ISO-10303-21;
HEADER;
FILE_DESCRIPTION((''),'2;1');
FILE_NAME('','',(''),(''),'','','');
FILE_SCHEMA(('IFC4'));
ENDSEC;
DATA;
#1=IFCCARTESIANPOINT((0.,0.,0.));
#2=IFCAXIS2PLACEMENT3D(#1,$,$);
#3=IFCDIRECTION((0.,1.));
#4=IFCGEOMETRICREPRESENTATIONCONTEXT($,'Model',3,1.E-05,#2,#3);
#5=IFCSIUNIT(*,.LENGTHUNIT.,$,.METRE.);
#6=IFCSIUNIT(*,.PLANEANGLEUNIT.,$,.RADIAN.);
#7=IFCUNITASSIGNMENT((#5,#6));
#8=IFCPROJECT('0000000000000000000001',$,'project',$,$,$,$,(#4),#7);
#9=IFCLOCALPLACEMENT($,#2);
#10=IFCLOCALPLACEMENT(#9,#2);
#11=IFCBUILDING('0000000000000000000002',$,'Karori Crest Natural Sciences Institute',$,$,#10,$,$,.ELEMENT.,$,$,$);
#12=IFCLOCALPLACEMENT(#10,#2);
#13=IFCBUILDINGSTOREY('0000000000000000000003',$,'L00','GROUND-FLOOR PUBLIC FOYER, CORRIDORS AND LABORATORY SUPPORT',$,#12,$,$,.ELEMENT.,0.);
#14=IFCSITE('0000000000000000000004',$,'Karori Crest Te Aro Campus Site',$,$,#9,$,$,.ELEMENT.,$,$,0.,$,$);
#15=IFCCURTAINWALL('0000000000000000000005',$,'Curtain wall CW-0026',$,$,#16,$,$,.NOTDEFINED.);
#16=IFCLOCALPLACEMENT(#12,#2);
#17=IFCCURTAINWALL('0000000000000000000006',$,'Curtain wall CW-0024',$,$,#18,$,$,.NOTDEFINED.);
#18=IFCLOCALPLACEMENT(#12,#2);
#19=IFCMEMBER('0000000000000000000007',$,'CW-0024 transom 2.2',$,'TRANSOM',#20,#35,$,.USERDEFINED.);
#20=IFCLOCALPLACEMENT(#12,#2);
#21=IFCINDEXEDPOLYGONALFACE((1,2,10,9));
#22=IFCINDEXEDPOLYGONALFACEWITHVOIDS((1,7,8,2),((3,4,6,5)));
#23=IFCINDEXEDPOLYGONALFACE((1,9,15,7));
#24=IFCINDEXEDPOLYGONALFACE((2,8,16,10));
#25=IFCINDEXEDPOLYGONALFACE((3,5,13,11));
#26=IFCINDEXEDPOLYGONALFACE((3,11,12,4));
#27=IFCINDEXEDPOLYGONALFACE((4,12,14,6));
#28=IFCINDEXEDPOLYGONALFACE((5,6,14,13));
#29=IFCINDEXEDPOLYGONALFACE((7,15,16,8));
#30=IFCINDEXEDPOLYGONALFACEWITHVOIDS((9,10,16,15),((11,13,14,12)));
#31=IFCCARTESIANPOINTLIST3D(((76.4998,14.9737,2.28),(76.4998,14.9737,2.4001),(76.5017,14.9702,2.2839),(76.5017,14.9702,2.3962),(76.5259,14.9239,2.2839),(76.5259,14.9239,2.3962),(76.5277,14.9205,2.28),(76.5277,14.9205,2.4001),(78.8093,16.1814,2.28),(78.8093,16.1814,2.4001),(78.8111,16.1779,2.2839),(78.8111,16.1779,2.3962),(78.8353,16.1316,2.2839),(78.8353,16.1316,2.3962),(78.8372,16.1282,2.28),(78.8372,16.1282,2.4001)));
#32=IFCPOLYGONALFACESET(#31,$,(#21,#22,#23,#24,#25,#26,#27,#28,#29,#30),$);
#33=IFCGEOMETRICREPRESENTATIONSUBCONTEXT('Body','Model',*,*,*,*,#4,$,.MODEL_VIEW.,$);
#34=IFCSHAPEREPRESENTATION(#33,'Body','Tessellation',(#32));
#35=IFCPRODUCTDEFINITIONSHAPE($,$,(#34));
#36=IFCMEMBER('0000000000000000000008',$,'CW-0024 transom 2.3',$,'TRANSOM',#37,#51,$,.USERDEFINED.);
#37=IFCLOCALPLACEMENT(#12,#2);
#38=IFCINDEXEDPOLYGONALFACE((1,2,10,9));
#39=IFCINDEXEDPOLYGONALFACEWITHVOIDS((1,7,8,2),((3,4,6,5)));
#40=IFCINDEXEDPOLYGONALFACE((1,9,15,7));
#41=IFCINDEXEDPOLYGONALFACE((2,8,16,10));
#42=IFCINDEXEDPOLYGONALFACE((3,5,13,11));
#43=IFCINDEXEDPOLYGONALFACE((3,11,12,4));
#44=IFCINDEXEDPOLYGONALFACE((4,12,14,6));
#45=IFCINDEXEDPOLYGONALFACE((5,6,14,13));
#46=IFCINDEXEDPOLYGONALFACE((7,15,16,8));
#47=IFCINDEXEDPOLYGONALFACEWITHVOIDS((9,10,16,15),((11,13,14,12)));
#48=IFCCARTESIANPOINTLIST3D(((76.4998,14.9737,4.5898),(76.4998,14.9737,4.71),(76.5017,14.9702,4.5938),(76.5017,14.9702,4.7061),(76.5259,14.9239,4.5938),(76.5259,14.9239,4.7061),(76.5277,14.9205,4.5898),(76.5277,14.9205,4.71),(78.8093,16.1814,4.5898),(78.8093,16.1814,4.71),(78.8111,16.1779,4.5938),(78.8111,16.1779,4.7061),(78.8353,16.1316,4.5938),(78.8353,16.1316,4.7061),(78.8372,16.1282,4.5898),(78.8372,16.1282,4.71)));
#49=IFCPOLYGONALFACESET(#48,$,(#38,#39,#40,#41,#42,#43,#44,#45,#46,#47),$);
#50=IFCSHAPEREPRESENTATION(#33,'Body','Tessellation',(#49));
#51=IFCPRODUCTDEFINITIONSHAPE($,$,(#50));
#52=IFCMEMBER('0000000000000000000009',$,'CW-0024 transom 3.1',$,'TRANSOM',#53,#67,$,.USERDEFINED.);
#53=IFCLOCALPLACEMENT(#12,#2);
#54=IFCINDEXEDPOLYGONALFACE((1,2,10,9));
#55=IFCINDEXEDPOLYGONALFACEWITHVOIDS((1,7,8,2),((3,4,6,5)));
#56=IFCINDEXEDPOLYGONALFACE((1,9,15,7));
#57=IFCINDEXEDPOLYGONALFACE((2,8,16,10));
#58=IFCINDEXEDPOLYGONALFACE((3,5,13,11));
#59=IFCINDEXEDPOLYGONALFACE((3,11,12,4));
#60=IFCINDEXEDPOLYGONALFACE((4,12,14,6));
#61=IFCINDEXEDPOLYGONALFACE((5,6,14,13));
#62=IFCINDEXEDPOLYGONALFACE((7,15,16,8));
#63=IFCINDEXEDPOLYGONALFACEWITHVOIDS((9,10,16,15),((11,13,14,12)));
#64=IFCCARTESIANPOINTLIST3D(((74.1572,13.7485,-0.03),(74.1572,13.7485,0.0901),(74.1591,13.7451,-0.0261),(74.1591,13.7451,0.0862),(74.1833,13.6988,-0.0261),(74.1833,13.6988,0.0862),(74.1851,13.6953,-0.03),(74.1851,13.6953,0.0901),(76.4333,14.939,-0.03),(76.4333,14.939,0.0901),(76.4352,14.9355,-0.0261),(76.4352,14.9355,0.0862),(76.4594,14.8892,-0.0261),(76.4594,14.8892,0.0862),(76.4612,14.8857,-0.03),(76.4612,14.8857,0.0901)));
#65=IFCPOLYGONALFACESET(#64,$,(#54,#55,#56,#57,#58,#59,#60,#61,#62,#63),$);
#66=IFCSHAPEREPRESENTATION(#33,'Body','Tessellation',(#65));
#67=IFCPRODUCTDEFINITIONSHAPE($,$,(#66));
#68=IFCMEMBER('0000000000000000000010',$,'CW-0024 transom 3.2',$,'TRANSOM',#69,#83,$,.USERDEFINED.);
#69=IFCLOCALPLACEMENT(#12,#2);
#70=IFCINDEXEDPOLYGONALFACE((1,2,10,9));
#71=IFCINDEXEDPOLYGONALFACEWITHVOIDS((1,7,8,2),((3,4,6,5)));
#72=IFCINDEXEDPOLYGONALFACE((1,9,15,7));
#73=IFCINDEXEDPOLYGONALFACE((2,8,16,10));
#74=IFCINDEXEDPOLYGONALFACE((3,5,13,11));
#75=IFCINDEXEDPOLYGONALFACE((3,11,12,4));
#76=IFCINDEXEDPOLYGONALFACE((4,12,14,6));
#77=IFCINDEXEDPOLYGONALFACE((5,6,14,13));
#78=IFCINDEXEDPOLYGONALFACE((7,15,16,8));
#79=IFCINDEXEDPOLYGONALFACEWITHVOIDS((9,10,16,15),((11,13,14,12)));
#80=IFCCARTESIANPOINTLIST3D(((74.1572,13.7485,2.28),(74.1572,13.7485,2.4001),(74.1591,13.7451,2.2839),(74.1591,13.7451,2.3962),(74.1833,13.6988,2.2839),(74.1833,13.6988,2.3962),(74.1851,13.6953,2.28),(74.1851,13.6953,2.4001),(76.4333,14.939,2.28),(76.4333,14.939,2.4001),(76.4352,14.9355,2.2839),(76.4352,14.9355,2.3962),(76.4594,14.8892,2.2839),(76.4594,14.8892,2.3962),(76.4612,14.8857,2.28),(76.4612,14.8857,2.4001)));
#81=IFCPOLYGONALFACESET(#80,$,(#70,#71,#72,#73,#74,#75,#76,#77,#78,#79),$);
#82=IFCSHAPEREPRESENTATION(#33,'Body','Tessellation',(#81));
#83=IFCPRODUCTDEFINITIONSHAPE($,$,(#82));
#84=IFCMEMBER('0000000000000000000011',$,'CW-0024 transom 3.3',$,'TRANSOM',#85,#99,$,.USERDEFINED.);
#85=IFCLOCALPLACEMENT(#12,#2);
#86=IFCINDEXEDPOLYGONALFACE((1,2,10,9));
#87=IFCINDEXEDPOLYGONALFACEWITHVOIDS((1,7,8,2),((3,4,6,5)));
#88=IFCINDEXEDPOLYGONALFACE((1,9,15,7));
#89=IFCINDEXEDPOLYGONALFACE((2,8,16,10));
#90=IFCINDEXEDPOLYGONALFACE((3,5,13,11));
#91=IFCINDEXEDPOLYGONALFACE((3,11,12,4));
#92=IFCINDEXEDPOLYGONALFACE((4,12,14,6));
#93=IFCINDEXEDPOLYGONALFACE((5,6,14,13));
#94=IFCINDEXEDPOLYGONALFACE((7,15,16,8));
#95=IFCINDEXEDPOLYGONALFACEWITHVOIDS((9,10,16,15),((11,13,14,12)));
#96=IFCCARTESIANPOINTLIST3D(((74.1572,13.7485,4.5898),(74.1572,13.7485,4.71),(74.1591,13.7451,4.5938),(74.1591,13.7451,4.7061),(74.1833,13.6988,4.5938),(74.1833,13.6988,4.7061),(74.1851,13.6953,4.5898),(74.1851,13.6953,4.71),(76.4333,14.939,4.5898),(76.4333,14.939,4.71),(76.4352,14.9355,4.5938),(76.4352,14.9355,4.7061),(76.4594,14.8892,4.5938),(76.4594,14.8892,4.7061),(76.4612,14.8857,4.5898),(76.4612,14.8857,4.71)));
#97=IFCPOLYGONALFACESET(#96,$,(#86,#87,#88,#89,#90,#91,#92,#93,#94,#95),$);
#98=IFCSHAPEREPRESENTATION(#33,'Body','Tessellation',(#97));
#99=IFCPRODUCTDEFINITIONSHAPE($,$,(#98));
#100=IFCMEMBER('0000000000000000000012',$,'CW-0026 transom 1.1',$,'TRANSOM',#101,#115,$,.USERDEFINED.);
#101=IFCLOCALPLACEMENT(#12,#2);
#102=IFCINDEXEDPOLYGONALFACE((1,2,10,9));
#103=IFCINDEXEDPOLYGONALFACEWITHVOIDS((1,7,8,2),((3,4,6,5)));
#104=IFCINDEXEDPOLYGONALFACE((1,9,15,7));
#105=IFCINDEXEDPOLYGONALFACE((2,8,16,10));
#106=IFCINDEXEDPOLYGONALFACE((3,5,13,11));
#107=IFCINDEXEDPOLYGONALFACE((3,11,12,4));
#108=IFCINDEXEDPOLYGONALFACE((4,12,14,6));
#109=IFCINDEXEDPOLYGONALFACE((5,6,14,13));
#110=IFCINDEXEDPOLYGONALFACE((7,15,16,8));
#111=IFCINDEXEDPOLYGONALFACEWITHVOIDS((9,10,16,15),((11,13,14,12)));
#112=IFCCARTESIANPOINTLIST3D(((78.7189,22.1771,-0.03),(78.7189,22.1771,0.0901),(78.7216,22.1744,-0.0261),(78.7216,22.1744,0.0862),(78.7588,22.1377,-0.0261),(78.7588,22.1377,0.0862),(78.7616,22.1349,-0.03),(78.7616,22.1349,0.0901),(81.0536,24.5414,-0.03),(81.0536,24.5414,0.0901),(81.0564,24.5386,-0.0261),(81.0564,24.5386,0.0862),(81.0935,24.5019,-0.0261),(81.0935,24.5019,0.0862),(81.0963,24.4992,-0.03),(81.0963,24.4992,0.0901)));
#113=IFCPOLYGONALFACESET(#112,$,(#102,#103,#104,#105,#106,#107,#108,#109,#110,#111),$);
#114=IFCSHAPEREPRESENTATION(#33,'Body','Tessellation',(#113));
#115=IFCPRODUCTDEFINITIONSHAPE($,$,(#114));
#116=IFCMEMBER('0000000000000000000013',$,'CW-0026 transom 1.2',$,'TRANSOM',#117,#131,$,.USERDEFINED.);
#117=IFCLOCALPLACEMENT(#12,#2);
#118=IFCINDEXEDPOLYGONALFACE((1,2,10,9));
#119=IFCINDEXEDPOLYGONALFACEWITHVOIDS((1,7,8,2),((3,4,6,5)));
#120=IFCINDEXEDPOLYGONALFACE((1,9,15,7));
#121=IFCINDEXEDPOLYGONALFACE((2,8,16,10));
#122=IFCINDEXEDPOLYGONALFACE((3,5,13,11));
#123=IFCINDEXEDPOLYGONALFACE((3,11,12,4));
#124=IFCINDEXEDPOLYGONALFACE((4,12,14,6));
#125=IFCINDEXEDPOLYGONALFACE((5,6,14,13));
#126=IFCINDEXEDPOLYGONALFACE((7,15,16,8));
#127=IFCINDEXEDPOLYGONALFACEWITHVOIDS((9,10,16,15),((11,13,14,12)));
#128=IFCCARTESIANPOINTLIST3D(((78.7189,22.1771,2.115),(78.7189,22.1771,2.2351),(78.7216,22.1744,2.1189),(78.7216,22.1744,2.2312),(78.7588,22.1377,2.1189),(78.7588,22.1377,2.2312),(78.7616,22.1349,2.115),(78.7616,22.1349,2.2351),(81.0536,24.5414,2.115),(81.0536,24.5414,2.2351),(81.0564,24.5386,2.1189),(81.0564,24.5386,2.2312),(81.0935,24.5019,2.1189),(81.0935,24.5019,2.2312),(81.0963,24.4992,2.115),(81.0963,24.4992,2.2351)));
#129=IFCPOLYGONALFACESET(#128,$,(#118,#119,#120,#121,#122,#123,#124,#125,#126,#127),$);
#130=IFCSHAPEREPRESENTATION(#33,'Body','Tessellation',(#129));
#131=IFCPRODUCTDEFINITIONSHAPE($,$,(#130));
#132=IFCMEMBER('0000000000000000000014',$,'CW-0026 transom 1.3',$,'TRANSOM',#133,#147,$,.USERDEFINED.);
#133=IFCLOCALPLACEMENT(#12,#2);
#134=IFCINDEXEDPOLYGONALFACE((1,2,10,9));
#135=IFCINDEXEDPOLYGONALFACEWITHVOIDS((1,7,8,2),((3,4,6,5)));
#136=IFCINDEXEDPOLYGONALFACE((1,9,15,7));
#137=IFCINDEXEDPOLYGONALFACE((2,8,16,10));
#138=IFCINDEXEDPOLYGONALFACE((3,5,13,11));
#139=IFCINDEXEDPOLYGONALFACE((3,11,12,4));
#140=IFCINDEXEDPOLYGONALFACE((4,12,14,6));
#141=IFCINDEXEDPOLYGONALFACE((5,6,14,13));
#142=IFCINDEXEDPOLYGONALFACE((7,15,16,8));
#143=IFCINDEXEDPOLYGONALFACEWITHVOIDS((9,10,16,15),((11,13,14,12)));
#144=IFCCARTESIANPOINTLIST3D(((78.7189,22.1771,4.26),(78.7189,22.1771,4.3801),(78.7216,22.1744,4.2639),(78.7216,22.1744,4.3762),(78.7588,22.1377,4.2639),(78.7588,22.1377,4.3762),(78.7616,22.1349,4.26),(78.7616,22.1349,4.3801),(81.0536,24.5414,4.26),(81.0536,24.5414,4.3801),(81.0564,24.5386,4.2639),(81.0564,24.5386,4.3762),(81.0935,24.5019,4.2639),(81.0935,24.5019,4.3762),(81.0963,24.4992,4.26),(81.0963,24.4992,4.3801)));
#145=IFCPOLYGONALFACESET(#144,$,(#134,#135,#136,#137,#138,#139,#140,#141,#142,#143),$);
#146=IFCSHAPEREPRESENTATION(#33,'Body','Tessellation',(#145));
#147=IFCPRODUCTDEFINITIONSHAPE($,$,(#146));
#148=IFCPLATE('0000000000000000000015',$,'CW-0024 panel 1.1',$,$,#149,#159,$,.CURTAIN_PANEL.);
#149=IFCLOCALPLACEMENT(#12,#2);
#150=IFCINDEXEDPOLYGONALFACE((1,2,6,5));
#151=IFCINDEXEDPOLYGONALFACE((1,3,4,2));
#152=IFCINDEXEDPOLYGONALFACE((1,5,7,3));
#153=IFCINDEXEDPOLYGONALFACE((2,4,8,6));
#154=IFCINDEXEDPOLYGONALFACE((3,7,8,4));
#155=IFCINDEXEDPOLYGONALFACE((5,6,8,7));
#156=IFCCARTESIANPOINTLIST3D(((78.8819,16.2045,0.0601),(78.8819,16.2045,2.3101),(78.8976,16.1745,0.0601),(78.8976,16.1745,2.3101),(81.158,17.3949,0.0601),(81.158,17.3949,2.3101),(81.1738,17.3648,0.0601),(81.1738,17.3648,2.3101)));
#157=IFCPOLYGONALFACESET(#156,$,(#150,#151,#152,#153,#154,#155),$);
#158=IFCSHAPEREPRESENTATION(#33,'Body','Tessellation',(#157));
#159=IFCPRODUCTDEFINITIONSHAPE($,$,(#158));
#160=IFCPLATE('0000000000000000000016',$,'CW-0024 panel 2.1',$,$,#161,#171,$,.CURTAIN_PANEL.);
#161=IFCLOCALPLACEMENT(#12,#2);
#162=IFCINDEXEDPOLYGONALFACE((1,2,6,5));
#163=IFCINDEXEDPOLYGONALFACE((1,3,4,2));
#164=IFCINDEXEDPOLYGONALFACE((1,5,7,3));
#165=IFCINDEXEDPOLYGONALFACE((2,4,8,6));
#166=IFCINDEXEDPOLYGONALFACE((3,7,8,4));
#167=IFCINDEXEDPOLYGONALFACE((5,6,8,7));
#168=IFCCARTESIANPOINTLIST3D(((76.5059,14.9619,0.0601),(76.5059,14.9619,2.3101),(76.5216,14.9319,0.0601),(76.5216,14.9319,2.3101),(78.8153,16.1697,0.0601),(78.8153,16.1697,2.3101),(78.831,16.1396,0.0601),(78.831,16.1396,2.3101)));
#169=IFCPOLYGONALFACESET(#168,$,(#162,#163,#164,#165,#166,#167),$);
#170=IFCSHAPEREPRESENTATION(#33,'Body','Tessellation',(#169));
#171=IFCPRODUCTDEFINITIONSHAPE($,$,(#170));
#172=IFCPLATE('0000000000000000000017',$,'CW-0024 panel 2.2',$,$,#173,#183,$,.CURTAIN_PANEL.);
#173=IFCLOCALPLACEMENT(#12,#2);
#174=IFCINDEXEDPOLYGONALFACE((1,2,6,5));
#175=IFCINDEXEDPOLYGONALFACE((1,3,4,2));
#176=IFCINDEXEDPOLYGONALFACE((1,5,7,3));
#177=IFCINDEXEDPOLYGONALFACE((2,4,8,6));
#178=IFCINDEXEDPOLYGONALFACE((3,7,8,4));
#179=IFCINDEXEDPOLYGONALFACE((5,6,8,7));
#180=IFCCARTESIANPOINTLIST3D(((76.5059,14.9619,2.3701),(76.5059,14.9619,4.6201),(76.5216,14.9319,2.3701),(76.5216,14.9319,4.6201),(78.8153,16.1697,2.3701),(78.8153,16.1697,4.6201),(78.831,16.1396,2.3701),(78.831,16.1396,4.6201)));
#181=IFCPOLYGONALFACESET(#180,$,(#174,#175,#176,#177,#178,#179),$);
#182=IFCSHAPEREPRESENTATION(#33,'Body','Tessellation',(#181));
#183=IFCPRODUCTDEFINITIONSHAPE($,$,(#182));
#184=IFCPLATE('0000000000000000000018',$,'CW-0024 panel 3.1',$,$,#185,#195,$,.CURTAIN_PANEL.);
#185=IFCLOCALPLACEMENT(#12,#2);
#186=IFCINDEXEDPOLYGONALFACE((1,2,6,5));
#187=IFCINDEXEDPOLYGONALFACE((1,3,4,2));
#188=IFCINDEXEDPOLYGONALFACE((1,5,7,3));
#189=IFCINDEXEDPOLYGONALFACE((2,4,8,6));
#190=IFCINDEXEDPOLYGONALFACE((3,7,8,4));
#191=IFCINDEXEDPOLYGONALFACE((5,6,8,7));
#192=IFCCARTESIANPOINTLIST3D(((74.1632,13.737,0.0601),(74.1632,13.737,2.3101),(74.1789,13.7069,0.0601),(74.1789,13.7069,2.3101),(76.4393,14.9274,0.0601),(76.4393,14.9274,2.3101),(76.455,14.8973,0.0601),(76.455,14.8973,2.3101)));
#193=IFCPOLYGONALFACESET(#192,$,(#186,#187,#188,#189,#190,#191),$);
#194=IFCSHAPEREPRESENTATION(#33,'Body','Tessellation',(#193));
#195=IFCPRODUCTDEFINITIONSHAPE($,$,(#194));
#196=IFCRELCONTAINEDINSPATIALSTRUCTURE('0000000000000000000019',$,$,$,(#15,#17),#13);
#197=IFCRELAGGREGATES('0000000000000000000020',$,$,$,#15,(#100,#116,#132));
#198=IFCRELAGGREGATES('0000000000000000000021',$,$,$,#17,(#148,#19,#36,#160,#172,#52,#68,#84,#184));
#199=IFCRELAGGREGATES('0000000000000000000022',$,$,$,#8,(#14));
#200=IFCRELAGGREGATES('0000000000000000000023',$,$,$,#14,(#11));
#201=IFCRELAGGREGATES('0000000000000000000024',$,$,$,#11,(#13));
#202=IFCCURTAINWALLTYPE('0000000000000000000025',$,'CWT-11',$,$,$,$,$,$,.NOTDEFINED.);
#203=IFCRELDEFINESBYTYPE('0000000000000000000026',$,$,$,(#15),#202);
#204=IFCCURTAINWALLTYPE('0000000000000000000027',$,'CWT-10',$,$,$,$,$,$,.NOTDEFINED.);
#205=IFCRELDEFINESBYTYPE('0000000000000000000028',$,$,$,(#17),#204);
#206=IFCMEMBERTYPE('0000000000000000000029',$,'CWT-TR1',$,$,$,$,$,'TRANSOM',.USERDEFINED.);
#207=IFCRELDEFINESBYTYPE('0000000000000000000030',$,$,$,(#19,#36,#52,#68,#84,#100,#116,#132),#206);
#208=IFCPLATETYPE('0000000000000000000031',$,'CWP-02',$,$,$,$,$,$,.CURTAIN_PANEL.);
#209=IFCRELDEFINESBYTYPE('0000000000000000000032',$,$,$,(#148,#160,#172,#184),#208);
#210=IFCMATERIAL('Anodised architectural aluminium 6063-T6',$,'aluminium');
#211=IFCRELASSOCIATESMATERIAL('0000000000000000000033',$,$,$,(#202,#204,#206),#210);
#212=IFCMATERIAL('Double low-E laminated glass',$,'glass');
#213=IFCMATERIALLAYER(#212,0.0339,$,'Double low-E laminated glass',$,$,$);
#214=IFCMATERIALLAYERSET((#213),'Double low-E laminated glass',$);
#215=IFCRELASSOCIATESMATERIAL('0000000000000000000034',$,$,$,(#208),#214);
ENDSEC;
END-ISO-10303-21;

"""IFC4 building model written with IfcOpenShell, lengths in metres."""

from ifc_helpers import new_model, si_unit, direction, frame, origin, origin_2d, place, context, subcontext, project, spatial, rectangle, hollow_rectangle, extrude, material, layer, layer_set, material_profile, profile_set, type_object, element, aggregate, save


model = new_model("IFC4")

# Units and contexts
model_context = context("Model", 3, precision=1e-05, world=origin(), true_north=direction((0.0, 1.0)))
body_context = subcontext(model_context, "Body", "Model", "MODEL_VIEW")
ifc_project = project(units=[si_unit("LENGTHUNIT", "METRE"), si_unit("PLANEANGLEUNIT", "RADIAN")], contexts=[model_context])

# Site, building, storey
site_placement = place(None, origin())
site = spatial("IfcSite", under=ifc_project, at=site_placement, Name="Karori Crest Te Aro Campus Site", CompositionType="ELEMENT", RefElevation=0.0)
building_placement = place(site_placement, origin())
building = spatial("IfcBuilding", under=site, at=building_placement, Name="Karori Crest Natural Sciences Institute", CompositionType="ELEMENT")
storey_placement = place(building_placement, origin())
storey = spatial("IfcBuildingStorey", under=building, at=storey_placement, Name="L00", Description="GROUND-FLOOR PUBLIC FOYER, CORRIDORS AND LABORATORY SUPPORT", CompositionType="ELEMENT", Elevation=0.0)

# Curtain wall
ifc_material_1 = material(Name="Anodised architectural aluminium 6063-T6", Category="aluminium")
curtain_wall_type_1 = type_object("IfcCurtainWallType", Name="CWT-11", PredefinedType="NOTDEFINED", material=ifc_material_1)
curtain_wall_1_placement = place(storey_placement, origin())
curtain_wall_1 = element("IfcCurtainWall", 1, at=curtain_wall_1_placement, inside=storey, type_object=curtain_wall_type_1, Name="Curtain wall CW-0026", PredefinedType="NOTDEFINED")

# Curtain wall, members
curtain_wall_type_2 = type_object("IfcCurtainWallType", Name="CWT-10", PredefinedType="NOTDEFINED", material=ifc_material_1)
curtain_wall_2_placement = place(storey_placement, origin())
curtain_wall_2 = element("IfcCurtainWall", 2, at=curtain_wall_2_placement, inside=storey, type_object=curtain_wall_type_2, Name="Curtain wall CW-0024", PredefinedType="NOTDEFINED")
ifc_material_profile_1 = material_profile(ifc_material_1, hollow_rectangle(XDim=0.0601, YDim=0.1201, WallThickness=0.0039, at=origin_2d()), Name="CWT120x60x4")
ifc_profile_set_1 = profile_set([ifc_material_profile_1], Name="Anodised architectural aluminium 6063-T6")
member_type_1 = type_object("IfcMemberType", Name="CWT-TR1", ElementType="TRANSOM", PredefinedType="USERDEFINED", material=ifc_profile_set_1)
member_1_placement = place(storey_placement, frame((78.8232, 16.1548, 2.3401), z_axis=(-0.886149, -0.463401, 0.0), x_axis=(0.463401, -0.886149, 0.0)))
member_1 = element("IfcMember", 3, at=member_1_placement, type_object=member_type_1, Name="CW-0024 transom 2.2", ObjectType="TRANSOM", PredefinedType="USERDEFINED", context=body_context, shape_type="SweptSolid", body=[
    extrude(hollow_rectangle(XDim=0.0601, YDim=0.1201, WallThickness=0.0039, at=origin_2d()), origin(), (0.0, 0.0, 1.0), 2.6062),
])
member_2_placement = place(storey_placement, frame((78.8232, 16.1548, 4.6499), z_axis=(-0.886149, -0.463401, 0.0), x_axis=(0.463401, -0.886149, 0.0)))
member_2 = element("IfcMember", 4, at=member_2_placement, type_object=member_type_1, Name="CW-0024 transom 2.3", ObjectType="TRANSOM", PredefinedType="USERDEFINED", context=body_context, shape_type="SweptSolid", body=[
    extrude(hollow_rectangle(XDim=0.0601, YDim=0.1201, WallThickness=0.0039, at=origin_2d()), origin(), (0.0, 0.0, 1.0), 2.6062),
])
member_3_placement = place(storey_placement, frame((76.4473, 14.9124, 0.03), z_axis=(-0.886123, -0.463449, 0.0), x_axis=(0.463449, -0.886123, 0.0)))
member_3 = element("IfcMember", 5, at=member_3_placement, type_object=member_type_1, Name="CW-0024 transom 3.1", ObjectType="TRANSOM", PredefinedType="USERDEFINED", context=body_context, shape_type="SweptSolid", body=[
    extrude(hollow_rectangle(XDim=0.0601, YDim=0.1201, WallThickness=0.0039, at=origin_2d()), origin(), (0.0, 0.0, 1.0), 2.5686),
])
member_4_placement = place(storey_placement, frame((76.4473, 14.9124, 2.3401), z_axis=(-0.886123, -0.463449, 0.0), x_axis=(0.463449, -0.886123, 0.0)))
member_4 = element("IfcMember", 6, at=member_4_placement, type_object=member_type_1, Name="CW-0024 transom 3.2", ObjectType="TRANSOM", PredefinedType="USERDEFINED", context=body_context, shape_type="SweptSolid", body=[
    extrude(hollow_rectangle(XDim=0.0601, YDim=0.1201, WallThickness=0.0039, at=origin_2d()), origin(), (0.0, 0.0, 1.0), 2.5686),
])
member_5_placement = place(storey_placement, frame((76.4473, 14.9124, 4.6499), z_axis=(-0.886123, -0.463449, 0.0), x_axis=(0.463449, -0.886123, 0.0)))
member_5 = element("IfcMember", 7, at=member_5_placement, type_object=member_type_1, Name="CW-0024 transom 3.3", ObjectType="TRANSOM", PredefinedType="USERDEFINED", context=body_context, shape_type="SweptSolid", body=[
    extrude(hollow_rectangle(XDim=0.0601, YDim=0.1201, WallThickness=0.0039, at=origin_2d()), origin(), (0.0, 0.0, 1.0), 2.5686),
])

# Members
member_6_placement = place(storey_placement, frame((78.7402, 22.156, 0.03), z_axis=(0.702648, 0.711538, 0.0), x_axis=(-0.711538, 0.702648, 0.0)))
member_6 = element("IfcMember", 8, at=member_6_placement, type_object=member_type_1, Name="CW-0026 transom 1.1", ObjectType="TRANSOM", PredefinedType="USERDEFINED", context=body_context, shape_type="SweptSolid", body=[
    extrude(hollow_rectangle(XDim=0.0601, YDim=0.1201, WallThickness=0.0039, at=origin_2d()), origin(), (0.0, 0.0, 1.0), 3.3228),
])
member_7_placement = place(storey_placement, frame((78.7402, 22.156, 2.175), z_axis=(0.702648, 0.711538, 0.0), x_axis=(-0.711538, 0.702648, 0.0)))
member_7 = element("IfcMember", 9, at=member_7_placement, type_object=member_type_1, Name="CW-0026 transom 1.2", ObjectType="TRANSOM", PredefinedType="USERDEFINED", context=body_context, shape_type="SweptSolid", body=[
    extrude(hollow_rectangle(XDim=0.0601, YDim=0.1201, WallThickness=0.0039, at=origin_2d()), origin(), (0.0, 0.0, 1.0), 3.3228),
])
member_8_placement = place(storey_placement, frame((78.7402, 22.156, 4.3201), z_axis=(0.702648, 0.711538, 0.0), x_axis=(-0.711538, 0.702648, 0.0)))
member_8 = element("IfcMember", 10, at=member_8_placement, type_object=member_type_1, Name="CW-0026 transom 1.3", ObjectType="TRANSOM", PredefinedType="USERDEFINED", context=body_context, shape_type="SweptSolid", body=[
    extrude(hollow_rectangle(XDim=0.0601, YDim=0.1201, WallThickness=0.0039, at=origin_2d()), origin(), (0.0, 0.0, 1.0), 3.3228),
])
aggregate(curtain_wall_1, [member_6, member_7, member_8])

# Plates
ifc_material_2 = material(Name="Double low-E laminated glass", Category="glass")
ifc_layer_1 = layer(ifc_material_2, 0.0339, Name="Double low-E laminated glass")
ifc_layer_set_1 = layer_set([ifc_layer_1], Name="Double low-E laminated glass")
plate_type = type_object("IfcPlateType", Name="CWP-02", PredefinedType="CURTAIN_PANEL", material=ifc_layer_set_1)
plate_1_placement = place(storey_placement, frame((80.0278, 16.7847, 0.0601), z_axis=(0.0, 0.0, 1.0), x_axis=(-0.886136, -0.463426, 0.0)))
plate_1 = element("IfcPlate", 11, at=plate_1_placement, type_object=plate_type, Name="CW-0024 panel 1.1", PredefinedType="CURTAIN_PANEL", context=body_context, shape_type="SweptSolid", body=[
    extrude(rectangle(XDim=2.5686, YDim=0.0339, at=origin_2d()), origin(), (0.0, 0.0, 1.0), 2.25),
])
plate_2_placement = place(storey_placement, frame((77.6685, 15.5508, 0.0601), z_axis=(0.0, 0.0, 1.0), x_axis=(-0.886136, -0.463426, 0.0)))
plate_2 = element("IfcPlate", 12, at=plate_2_placement, type_object=plate_type, Name="CW-0024 panel 2.1", PredefinedType="CURTAIN_PANEL", context=body_context, shape_type="SweptSolid", body=[
    extrude(rectangle(XDim=2.6062, YDim=0.0339, at=origin_2d()), origin(), (0.0, 0.0, 1.0), 2.25),
])
plate_3_placement = place(storey_placement, frame((77.6685, 15.5508, 2.3701), z_axis=(0.0, 0.0, 1.0), x_axis=(-0.886136, -0.463426, 0.0)))
plate_3 = element("IfcPlate", 13, at=plate_3_placement, type_object=plate_type, Name="CW-0024 panel 2.2", PredefinedType="CURTAIN_PANEL", context=body_context, shape_type="SweptSolid", body=[
    extrude(rectangle(XDim=2.6062, YDim=0.0339, at=origin_2d()), origin(), (0.0, 0.0, 1.0), 2.25),
])
plate_4_placement = place(storey_placement, frame((75.3091, 14.3171, 0.0601), z_axis=(0.0, 0.0, 1.0), x_axis=(-0.886136, -0.463426, 0.0)))
plate_4 = element("IfcPlate", 14, at=plate_4_placement, type_object=plate_type, Name="CW-0024 panel 3.1", PredefinedType="CURTAIN_PANEL", context=body_context, shape_type="SweptSolid", body=[
    extrude(rectangle(XDim=2.5686, YDim=0.0339, at=origin_2d()), origin(), (0.0, 0.0, 1.0), 2.25),
])
aggregate(curtain_wall_2, [plate_1, member_1, member_2, plate_2, plate_3, member_3, member_4, member_5, plate_4])

save(model, "model.ifc")
